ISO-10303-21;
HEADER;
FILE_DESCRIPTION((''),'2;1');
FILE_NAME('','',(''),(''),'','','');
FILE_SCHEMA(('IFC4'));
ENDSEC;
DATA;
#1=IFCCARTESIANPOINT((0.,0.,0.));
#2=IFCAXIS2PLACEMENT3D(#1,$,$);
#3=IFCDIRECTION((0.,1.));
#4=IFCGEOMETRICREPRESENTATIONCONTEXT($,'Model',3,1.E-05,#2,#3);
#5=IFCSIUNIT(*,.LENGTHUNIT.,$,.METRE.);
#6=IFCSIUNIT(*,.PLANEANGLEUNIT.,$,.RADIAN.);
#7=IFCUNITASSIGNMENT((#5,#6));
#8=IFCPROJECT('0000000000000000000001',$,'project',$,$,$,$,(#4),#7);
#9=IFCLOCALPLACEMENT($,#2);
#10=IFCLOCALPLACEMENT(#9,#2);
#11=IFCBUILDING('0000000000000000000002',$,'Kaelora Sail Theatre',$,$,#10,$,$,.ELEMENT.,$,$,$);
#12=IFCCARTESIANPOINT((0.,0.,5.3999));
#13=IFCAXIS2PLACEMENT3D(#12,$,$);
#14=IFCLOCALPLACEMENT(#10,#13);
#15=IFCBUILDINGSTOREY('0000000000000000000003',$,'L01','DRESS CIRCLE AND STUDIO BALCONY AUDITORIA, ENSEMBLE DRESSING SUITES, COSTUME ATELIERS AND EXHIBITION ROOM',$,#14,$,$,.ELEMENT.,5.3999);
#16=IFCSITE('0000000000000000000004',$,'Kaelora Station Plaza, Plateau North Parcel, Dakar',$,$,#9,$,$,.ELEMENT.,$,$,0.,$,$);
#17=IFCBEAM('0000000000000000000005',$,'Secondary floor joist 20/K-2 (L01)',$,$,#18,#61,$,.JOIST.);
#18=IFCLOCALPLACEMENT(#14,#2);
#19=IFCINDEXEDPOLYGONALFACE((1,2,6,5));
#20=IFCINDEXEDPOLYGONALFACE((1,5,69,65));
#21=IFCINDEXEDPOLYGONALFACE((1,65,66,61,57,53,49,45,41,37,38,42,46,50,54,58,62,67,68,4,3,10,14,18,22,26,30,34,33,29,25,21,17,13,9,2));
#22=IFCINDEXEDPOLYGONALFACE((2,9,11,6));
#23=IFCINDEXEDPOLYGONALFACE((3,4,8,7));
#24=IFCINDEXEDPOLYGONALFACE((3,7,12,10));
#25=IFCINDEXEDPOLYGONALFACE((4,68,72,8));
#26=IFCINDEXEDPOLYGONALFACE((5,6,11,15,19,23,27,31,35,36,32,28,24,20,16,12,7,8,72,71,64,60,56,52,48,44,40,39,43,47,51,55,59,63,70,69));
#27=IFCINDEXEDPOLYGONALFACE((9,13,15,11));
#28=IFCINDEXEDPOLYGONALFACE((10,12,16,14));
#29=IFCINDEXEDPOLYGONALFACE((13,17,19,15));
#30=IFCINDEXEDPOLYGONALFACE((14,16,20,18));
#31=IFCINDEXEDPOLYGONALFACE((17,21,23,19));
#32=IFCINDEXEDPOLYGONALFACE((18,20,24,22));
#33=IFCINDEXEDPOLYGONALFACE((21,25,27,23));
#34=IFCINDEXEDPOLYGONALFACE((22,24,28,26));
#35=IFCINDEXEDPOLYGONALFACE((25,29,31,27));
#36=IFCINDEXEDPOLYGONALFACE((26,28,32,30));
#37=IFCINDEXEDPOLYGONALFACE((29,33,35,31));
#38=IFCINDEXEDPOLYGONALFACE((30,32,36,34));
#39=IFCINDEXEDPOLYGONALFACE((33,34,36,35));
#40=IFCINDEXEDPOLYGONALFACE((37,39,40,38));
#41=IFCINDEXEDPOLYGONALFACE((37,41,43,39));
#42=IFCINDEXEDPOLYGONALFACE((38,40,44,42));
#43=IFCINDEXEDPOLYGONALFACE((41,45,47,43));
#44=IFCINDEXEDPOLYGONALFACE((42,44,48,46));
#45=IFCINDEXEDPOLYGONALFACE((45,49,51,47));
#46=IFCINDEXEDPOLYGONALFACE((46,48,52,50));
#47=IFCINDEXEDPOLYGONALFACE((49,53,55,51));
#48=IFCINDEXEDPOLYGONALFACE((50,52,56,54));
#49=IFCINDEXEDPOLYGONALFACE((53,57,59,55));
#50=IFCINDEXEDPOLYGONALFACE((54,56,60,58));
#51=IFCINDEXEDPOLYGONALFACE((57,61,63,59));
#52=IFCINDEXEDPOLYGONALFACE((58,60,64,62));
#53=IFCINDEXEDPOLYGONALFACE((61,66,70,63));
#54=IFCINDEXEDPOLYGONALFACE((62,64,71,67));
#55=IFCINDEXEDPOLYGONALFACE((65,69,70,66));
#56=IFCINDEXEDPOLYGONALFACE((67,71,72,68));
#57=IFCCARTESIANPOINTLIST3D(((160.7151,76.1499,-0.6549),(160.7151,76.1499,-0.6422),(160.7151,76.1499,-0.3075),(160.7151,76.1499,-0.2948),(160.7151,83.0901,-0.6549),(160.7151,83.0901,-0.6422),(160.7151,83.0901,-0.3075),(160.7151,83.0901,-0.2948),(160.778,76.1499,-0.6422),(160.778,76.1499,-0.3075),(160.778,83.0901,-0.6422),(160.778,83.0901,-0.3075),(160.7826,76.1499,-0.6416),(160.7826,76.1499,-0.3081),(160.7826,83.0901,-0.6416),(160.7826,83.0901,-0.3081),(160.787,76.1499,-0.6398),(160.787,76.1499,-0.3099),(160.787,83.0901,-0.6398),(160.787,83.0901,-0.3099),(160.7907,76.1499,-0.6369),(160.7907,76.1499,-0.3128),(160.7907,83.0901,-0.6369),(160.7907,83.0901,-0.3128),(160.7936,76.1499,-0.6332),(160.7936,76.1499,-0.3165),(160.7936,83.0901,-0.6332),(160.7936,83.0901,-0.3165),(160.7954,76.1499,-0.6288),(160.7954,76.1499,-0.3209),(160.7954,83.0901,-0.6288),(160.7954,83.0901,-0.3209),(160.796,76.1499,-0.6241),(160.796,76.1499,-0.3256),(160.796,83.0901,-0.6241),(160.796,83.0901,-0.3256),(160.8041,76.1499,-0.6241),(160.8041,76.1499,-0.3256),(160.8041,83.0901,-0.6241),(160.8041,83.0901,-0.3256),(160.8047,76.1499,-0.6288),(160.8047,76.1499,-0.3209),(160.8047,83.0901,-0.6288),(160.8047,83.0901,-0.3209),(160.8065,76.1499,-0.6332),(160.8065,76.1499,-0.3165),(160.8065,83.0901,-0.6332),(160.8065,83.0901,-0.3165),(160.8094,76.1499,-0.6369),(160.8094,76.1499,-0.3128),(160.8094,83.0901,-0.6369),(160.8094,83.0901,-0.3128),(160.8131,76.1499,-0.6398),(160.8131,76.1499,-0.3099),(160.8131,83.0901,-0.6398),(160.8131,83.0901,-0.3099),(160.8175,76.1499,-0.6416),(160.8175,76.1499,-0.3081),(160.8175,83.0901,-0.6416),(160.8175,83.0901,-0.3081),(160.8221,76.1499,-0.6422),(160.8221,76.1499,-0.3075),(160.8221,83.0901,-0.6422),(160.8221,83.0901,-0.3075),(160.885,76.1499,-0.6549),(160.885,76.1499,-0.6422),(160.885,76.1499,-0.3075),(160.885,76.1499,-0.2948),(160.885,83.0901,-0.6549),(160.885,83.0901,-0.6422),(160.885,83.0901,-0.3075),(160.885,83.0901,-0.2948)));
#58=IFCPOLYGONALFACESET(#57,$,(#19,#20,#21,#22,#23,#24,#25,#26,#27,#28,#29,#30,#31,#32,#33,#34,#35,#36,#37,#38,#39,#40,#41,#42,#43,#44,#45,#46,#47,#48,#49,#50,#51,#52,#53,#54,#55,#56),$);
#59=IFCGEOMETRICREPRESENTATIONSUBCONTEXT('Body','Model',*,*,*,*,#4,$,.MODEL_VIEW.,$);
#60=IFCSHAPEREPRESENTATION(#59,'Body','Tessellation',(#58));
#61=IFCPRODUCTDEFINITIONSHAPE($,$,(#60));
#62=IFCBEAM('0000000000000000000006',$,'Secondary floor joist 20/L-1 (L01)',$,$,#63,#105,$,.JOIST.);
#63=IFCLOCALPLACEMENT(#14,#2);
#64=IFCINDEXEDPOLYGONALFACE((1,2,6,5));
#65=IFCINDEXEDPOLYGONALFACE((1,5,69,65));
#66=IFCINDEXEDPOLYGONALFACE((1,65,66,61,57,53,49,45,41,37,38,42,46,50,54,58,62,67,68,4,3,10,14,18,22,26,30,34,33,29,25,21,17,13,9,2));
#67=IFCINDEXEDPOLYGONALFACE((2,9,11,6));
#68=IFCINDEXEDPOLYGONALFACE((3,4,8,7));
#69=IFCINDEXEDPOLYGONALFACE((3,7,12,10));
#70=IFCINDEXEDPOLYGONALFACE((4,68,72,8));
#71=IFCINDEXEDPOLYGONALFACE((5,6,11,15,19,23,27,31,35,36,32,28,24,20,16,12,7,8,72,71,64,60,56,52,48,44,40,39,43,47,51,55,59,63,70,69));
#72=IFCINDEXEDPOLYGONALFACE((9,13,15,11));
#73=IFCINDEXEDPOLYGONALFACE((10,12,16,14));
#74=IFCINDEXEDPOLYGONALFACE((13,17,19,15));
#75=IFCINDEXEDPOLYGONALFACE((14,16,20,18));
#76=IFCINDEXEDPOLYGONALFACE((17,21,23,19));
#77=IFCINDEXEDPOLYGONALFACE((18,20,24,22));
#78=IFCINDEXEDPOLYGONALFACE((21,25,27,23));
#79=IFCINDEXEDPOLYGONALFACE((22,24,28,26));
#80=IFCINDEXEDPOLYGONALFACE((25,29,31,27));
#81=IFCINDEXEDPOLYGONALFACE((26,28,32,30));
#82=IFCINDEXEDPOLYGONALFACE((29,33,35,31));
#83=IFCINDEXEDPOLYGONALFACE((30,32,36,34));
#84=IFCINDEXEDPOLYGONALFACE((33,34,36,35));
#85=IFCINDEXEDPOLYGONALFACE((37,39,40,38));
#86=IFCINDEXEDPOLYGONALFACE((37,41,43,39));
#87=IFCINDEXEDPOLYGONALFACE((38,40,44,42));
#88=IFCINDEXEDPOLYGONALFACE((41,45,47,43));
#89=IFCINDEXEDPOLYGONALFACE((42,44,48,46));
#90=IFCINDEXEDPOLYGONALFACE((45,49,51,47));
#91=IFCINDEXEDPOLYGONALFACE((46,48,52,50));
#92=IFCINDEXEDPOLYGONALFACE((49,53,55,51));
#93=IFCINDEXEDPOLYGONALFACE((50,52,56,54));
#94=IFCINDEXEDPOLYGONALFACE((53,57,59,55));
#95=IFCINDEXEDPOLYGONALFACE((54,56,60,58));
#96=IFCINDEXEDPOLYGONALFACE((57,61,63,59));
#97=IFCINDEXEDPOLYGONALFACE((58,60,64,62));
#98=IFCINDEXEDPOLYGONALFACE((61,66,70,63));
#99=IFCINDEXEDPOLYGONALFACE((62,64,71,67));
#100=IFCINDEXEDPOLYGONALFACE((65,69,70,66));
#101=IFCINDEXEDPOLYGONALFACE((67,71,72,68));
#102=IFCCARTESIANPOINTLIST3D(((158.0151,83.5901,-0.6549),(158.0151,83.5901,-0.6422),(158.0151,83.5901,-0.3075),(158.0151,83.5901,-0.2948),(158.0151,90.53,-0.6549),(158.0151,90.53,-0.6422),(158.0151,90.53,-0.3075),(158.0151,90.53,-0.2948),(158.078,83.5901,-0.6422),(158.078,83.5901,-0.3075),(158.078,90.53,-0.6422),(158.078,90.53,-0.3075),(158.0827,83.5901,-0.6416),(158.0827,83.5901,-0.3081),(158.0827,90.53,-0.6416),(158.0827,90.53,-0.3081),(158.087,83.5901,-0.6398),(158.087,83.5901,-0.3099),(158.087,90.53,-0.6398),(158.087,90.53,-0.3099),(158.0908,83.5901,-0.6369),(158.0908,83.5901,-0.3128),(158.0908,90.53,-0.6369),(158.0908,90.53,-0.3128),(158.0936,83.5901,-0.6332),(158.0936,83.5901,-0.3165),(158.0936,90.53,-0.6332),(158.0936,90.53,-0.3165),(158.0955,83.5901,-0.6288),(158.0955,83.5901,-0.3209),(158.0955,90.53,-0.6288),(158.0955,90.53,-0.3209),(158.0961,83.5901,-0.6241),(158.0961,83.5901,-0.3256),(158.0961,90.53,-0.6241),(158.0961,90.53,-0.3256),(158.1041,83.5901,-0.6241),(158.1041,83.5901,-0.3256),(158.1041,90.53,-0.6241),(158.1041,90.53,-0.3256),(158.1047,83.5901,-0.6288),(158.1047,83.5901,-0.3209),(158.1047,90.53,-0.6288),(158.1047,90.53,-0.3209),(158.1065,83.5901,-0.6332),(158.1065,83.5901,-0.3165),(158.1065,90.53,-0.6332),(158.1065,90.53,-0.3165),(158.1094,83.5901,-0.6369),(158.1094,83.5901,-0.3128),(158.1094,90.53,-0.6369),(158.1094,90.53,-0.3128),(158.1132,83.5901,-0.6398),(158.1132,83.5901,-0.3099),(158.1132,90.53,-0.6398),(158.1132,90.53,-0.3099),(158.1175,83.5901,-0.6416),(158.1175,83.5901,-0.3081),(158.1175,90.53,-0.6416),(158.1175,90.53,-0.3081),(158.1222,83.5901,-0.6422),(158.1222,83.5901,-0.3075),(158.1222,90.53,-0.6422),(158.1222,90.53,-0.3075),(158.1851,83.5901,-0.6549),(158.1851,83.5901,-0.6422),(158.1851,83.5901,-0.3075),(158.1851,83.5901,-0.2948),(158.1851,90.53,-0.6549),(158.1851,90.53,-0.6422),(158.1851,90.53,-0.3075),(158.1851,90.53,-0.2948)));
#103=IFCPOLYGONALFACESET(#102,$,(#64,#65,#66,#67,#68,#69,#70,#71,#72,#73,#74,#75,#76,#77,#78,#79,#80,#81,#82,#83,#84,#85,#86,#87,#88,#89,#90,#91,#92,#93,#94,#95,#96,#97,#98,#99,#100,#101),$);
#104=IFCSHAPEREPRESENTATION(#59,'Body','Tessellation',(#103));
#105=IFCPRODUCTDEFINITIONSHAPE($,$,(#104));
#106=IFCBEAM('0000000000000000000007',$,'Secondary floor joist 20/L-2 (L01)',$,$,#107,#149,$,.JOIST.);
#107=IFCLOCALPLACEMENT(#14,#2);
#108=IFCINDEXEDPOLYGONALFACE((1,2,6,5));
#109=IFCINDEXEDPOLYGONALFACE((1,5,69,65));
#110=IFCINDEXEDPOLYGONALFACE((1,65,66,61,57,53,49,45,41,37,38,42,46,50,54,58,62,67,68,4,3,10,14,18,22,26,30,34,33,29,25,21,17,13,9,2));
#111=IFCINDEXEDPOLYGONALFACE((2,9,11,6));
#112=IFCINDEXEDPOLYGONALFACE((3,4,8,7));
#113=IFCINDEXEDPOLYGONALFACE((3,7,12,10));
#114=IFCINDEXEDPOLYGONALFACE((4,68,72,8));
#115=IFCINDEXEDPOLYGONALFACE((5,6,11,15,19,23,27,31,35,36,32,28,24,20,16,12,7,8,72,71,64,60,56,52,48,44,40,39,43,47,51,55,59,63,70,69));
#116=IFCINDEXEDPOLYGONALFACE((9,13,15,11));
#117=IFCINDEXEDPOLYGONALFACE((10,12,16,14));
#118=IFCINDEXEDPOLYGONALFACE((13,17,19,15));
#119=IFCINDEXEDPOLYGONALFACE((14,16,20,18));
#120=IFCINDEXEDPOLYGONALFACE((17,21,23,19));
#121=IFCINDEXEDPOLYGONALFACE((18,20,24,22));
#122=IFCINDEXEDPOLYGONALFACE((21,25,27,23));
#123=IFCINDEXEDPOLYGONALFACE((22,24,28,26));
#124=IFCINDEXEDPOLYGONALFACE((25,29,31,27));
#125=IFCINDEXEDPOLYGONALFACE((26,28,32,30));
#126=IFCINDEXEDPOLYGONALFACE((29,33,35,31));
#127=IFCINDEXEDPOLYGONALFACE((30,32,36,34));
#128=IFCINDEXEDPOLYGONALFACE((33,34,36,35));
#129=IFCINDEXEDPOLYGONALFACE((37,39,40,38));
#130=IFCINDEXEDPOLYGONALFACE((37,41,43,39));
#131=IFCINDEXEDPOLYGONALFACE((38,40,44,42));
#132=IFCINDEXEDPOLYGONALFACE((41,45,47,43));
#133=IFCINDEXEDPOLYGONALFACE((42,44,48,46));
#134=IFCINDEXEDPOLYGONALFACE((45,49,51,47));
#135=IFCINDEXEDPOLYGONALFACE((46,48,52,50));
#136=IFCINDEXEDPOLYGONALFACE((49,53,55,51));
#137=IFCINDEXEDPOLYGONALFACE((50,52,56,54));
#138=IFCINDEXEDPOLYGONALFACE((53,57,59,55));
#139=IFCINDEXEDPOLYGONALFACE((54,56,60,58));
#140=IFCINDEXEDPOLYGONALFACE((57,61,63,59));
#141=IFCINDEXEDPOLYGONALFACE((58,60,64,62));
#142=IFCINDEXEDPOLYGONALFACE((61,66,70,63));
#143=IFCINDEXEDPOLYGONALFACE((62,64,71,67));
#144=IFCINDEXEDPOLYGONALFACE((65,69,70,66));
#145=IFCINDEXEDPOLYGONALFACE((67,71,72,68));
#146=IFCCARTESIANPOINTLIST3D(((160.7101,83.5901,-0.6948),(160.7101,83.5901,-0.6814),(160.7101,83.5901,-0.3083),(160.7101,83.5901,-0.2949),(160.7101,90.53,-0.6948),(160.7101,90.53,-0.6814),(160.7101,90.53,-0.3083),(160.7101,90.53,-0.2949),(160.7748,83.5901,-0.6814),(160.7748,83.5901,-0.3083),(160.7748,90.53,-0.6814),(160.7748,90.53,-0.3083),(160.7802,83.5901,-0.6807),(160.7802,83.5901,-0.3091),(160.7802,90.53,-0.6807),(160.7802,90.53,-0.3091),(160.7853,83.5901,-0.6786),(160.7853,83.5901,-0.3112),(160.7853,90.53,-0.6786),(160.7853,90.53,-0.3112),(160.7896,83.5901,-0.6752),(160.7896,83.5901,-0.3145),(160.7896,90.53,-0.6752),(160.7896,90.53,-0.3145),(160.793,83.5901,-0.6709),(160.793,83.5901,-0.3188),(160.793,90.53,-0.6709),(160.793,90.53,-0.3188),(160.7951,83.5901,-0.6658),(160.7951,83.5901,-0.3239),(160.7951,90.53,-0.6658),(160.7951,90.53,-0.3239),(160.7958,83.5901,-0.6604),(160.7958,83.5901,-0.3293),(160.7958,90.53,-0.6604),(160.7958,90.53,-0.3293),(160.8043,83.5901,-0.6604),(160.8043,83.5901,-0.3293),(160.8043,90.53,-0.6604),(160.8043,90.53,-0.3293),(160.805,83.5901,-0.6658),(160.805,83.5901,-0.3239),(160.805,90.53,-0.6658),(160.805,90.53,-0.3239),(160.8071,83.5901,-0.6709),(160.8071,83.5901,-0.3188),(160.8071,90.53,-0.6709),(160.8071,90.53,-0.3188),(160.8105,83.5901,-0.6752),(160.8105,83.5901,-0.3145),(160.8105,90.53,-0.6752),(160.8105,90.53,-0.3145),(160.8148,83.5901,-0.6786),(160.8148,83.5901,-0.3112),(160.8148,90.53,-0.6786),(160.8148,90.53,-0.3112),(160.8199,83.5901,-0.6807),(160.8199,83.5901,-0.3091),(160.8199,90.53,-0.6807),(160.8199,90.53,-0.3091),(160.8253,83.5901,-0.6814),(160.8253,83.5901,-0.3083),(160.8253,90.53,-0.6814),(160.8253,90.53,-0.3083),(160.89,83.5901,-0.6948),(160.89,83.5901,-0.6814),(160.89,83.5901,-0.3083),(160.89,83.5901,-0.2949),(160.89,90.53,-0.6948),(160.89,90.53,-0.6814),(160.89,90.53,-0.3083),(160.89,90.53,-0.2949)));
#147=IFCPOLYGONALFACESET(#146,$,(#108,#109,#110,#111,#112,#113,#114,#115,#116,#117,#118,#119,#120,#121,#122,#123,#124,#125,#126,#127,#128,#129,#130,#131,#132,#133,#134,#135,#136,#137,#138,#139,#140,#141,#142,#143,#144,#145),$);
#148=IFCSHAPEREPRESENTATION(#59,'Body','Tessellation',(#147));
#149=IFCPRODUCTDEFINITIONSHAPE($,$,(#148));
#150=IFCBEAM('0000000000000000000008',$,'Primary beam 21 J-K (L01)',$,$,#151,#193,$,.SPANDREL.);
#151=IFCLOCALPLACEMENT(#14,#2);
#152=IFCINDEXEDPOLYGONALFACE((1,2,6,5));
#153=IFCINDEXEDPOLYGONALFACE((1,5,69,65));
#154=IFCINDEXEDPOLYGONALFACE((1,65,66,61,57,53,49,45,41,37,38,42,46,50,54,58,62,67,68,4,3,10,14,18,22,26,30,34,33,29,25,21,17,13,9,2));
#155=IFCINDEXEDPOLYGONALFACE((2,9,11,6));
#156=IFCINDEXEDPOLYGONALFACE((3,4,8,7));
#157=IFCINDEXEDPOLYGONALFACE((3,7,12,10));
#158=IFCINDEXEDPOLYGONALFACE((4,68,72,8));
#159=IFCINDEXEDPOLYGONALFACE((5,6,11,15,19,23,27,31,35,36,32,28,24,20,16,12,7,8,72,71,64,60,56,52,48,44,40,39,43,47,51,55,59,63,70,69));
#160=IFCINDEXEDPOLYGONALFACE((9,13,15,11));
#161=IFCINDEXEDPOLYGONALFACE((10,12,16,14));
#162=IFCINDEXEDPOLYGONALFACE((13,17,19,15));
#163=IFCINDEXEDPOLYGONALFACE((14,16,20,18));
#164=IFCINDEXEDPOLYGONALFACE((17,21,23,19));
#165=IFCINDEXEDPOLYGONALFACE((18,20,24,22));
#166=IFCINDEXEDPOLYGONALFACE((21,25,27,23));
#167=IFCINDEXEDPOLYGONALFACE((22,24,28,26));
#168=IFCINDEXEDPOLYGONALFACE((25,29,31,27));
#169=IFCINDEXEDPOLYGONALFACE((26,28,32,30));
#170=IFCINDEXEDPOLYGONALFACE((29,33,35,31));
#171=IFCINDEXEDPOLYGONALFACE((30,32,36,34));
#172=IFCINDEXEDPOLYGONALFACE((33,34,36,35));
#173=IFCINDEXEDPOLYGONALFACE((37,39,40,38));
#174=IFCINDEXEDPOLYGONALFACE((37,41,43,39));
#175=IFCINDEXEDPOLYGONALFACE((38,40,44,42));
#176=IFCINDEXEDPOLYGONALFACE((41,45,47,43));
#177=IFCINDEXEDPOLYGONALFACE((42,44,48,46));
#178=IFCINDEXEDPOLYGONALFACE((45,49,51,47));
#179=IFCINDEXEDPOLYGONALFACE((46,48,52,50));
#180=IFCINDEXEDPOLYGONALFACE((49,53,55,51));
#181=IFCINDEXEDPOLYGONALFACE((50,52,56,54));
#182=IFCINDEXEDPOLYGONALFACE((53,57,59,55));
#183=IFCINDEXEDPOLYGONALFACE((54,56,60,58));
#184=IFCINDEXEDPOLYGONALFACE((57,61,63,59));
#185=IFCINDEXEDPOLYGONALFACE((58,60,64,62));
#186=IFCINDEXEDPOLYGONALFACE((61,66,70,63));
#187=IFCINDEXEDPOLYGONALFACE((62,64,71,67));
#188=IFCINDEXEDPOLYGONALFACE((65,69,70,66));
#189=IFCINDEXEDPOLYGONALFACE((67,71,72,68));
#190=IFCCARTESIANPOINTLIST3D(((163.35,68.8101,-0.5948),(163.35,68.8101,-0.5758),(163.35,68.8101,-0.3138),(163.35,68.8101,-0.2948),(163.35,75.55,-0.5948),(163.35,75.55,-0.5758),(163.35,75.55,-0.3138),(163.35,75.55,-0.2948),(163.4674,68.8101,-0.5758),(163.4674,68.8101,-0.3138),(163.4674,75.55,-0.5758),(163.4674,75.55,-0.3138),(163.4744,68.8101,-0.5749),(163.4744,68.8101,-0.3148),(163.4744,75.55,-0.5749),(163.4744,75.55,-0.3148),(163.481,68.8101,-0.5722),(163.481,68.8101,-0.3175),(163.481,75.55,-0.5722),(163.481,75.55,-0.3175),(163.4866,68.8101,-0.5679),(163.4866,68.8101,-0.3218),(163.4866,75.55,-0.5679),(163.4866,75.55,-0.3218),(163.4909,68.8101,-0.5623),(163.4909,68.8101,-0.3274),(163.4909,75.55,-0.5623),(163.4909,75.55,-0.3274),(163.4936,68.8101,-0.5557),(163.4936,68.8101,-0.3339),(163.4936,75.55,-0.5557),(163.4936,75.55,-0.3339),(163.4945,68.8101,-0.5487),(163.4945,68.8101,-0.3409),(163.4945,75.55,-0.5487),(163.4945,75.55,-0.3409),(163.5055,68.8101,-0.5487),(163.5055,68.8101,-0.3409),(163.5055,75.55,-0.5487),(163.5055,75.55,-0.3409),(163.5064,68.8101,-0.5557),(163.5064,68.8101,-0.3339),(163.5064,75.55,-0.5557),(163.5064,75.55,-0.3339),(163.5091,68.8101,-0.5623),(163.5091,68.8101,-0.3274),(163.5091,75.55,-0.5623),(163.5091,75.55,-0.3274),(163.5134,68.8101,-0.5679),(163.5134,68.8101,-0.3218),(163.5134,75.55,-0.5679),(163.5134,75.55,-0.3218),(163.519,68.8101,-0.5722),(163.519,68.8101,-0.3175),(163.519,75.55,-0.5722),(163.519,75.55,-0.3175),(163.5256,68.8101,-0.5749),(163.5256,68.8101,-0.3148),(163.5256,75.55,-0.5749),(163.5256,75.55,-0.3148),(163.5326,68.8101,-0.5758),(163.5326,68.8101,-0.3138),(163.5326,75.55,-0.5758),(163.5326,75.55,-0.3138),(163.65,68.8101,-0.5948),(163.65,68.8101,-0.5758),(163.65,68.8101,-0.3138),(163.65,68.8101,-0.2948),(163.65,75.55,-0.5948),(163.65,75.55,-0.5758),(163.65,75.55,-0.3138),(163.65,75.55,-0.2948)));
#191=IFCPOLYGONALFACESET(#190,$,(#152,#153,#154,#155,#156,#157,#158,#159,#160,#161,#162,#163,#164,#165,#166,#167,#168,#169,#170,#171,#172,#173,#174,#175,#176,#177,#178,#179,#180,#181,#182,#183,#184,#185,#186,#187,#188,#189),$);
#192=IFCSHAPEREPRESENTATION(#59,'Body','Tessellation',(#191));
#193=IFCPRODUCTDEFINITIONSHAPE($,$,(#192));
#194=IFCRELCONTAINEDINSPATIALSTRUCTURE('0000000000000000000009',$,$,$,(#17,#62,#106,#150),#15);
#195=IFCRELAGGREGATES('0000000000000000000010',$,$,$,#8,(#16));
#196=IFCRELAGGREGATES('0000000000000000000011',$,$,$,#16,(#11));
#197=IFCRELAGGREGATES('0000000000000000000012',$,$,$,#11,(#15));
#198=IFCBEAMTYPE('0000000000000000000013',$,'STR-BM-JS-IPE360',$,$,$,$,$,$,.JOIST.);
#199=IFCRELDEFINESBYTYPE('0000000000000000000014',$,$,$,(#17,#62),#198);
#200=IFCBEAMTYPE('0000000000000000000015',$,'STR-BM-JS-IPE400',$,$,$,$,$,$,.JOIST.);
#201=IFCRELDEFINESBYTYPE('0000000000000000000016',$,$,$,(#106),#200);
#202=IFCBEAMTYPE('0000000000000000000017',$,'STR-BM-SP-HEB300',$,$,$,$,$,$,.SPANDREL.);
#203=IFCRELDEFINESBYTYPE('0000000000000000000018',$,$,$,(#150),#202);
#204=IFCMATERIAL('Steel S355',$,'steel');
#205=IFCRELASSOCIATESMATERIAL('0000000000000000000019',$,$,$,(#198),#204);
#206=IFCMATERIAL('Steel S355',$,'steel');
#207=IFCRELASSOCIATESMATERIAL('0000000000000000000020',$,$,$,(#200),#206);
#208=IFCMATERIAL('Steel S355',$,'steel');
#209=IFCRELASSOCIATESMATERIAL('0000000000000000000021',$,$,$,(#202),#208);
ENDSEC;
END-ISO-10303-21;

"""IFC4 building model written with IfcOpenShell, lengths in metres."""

from ifc_helpers import new_model, si_unit, direction, frame, origin, origin_2d, place, context, subcontext, project, spatial, i_section, extrude, material, material_profile, profile_set, type_object, element, save


model = new_model("IFC4")

# Units and contexts
model_context = context("Model", 3, precision=1e-05, world=origin(), true_north=direction((0.0, 1.0)))
body_context = subcontext(model_context, "Body", "Model", "MODEL_VIEW")
ifc_project = project(units=[si_unit("LENGTHUNIT", "METRE"), si_unit("PLANEANGLEUNIT", "RADIAN")], contexts=[model_context])

# Site, building, storey
site_placement = place(None, origin())
site = spatial("IfcSite", under=ifc_project, at=site_placement, Name="Kaelora Station Plaza, Plateau North Parcel, Dakar", CompositionType="ELEMENT", RefElevation=0.0)
building_placement = place(site_placement, origin())
building = spatial("IfcBuilding", under=site, at=building_placement, Name="Kaelora Sail Theatre", CompositionType="ELEMENT")
storey_placement = place(building_placement, frame((0.0, 0.0, 5.3999)))
storey = spatial("IfcBuildingStorey", under=building, at=storey_placement, Name="L01", Description="DRESS CIRCLE AND STUDIO BALCONY AUDITORIA, ENSEMBLE DRESSING SUITES, COSTUME ATELIERS AND EXHIBITION ROOM", CompositionType="ELEMENT", Elevation=5.3999)

# Beams
ifc_material_1 = material(Name="Steel S355", Category="steel")
ifc_material_profile_1 = material_profile(ifc_material_1, i_section(OverallWidth=0.1699, OverallDepth=0.3601, WebThickness=0.0081, FlangeThickness=0.0127, FilletRadius=0.0181, at=origin_2d()), Name="IPE 360")
ifc_profile_set_1 = profile_set([ifc_material_profile_1], Name="Steel S355")
beam_type_1 = type_object("IfcBeamType", Name="STR-BM-JS-IPE360", PredefinedType="JOIST", material=ifc_profile_set_1)
beam_1_placement = place(storey_placement, frame((160.8, 76.1499, -0.4749), z_axis=(0.0, 1.0, 0.0), x_axis=(-1.0, 0.0, 0.0)))
element("IfcBeam", 1, at=beam_1_placement, inside=storey, type_object=beam_type_1, Name="Secondary floor joist 20/K-2 (L01)", PredefinedType="JOIST", context=body_context, shape_type="SweptSolid", body=[
    extrude(i_section(OverallWidth=0.1699, OverallDepth=0.3601, WebThickness=0.0081, FlangeThickness=0.0127, FilletRadius=0.0181, at=origin_2d()), origin(), (0.0, 0.0, 1.0), 6.9402),
])
beam_2_placement = place(storey_placement, frame((158.1001, 83.5901, -0.4749), z_axis=(0.0, 1.0, 0.0), x_axis=(-1.0, 0.0, 0.0)))
element("IfcBeam", 2, at=beam_2_placement, inside=storey, type_object=beam_type_1, Name="Secondary floor joist 20/L-1 (L01)", PredefinedType="JOIST", context=body_context, shape_type="SweptSolid", body=[
    extrude(i_section(OverallWidth=0.1699, OverallDepth=0.3601, WebThickness=0.0081, FlangeThickness=0.0127, FilletRadius=0.0181, at=origin_2d()), origin(), (0.0, 0.0, 1.0), 6.9399),
])
ifc_material_2 = material(Name="Steel S355", Category="steel")
ifc_material_profile_2 = material_profile(ifc_material_2, i_section(OverallWidth=0.1799, OverallDepth=0.3999, WebThickness=0.0085, FlangeThickness=0.0134, FilletRadius=0.021, at=origin_2d()), Name="IPE 400")
ifc_profile_set_2 = profile_set([ifc_material_profile_2], Name="Steel S355")
beam_type_2 = type_object("IfcBeamType", Name="STR-BM-JS-IPE400", PredefinedType="JOIST", material=ifc_profile_set_2)
beam_3_placement = place(storey_placement, frame((160.8, 83.5901, -0.4949), z_axis=(0.0, 1.0, 0.0), x_axis=(-1.0, 0.0, 0.0)))
element("IfcBeam", 3, at=beam_3_placement, inside=storey, type_object=beam_type_2, Name="Secondary floor joist 20/L-2 (L01)", PredefinedType="JOIST", context=body_context, shape_type="SweptSolid", body=[
    extrude(i_section(OverallWidth=0.1799, OverallDepth=0.3999, WebThickness=0.0085, FlangeThickness=0.0134, FilletRadius=0.021, at=origin_2d()), origin(), (0.0, 0.0, 1.0), 6.9399),
])
ifc_material_3 = material(Name="Steel S355", Category="steel")
ifc_material_profile_3 = material_profile(ifc_material_3, i_section(OverallWidth=0.3, OverallDepth=0.3, WebThickness=0.011, FlangeThickness=0.019, FilletRadius=0.0271, at=origin_2d()), Name="HEB 300")
ifc_profile_set_3 = profile_set([ifc_material_profile_3], Name="Steel S355")
beam_type_3 = type_object("IfcBeamType", Name="STR-BM-SP-HEB300", PredefinedType="SPANDREL", material=ifc_profile_set_3)
for number, where, z_axis, x_axis, name in (
    (4, (163.5, 68.8101, -0.4448), (0.0, 1.0, 0.0), (-1.0, 0.0, 0.0), "Primary beam 21 J-K (L01)"),
):
    element("IfcBeam", number, at=place(storey_placement, frame(where, z_axis=z_axis, x_axis=x_axis)), inside=storey, type_object=beam_type_3, Name=name, PredefinedType="SPANDREL", context=body_context, shape_type="SweptSolid", body=[
        extrude(i_section(OverallWidth=0.3, OverallDepth=0.3, WebThickness=0.011, FlangeThickness=0.019, FilletRadius=0.0271, at=origin_2d()), origin(), (0.0, 0.0, 1.0), 6.74),
    ])

save(model, "model.ifc")
